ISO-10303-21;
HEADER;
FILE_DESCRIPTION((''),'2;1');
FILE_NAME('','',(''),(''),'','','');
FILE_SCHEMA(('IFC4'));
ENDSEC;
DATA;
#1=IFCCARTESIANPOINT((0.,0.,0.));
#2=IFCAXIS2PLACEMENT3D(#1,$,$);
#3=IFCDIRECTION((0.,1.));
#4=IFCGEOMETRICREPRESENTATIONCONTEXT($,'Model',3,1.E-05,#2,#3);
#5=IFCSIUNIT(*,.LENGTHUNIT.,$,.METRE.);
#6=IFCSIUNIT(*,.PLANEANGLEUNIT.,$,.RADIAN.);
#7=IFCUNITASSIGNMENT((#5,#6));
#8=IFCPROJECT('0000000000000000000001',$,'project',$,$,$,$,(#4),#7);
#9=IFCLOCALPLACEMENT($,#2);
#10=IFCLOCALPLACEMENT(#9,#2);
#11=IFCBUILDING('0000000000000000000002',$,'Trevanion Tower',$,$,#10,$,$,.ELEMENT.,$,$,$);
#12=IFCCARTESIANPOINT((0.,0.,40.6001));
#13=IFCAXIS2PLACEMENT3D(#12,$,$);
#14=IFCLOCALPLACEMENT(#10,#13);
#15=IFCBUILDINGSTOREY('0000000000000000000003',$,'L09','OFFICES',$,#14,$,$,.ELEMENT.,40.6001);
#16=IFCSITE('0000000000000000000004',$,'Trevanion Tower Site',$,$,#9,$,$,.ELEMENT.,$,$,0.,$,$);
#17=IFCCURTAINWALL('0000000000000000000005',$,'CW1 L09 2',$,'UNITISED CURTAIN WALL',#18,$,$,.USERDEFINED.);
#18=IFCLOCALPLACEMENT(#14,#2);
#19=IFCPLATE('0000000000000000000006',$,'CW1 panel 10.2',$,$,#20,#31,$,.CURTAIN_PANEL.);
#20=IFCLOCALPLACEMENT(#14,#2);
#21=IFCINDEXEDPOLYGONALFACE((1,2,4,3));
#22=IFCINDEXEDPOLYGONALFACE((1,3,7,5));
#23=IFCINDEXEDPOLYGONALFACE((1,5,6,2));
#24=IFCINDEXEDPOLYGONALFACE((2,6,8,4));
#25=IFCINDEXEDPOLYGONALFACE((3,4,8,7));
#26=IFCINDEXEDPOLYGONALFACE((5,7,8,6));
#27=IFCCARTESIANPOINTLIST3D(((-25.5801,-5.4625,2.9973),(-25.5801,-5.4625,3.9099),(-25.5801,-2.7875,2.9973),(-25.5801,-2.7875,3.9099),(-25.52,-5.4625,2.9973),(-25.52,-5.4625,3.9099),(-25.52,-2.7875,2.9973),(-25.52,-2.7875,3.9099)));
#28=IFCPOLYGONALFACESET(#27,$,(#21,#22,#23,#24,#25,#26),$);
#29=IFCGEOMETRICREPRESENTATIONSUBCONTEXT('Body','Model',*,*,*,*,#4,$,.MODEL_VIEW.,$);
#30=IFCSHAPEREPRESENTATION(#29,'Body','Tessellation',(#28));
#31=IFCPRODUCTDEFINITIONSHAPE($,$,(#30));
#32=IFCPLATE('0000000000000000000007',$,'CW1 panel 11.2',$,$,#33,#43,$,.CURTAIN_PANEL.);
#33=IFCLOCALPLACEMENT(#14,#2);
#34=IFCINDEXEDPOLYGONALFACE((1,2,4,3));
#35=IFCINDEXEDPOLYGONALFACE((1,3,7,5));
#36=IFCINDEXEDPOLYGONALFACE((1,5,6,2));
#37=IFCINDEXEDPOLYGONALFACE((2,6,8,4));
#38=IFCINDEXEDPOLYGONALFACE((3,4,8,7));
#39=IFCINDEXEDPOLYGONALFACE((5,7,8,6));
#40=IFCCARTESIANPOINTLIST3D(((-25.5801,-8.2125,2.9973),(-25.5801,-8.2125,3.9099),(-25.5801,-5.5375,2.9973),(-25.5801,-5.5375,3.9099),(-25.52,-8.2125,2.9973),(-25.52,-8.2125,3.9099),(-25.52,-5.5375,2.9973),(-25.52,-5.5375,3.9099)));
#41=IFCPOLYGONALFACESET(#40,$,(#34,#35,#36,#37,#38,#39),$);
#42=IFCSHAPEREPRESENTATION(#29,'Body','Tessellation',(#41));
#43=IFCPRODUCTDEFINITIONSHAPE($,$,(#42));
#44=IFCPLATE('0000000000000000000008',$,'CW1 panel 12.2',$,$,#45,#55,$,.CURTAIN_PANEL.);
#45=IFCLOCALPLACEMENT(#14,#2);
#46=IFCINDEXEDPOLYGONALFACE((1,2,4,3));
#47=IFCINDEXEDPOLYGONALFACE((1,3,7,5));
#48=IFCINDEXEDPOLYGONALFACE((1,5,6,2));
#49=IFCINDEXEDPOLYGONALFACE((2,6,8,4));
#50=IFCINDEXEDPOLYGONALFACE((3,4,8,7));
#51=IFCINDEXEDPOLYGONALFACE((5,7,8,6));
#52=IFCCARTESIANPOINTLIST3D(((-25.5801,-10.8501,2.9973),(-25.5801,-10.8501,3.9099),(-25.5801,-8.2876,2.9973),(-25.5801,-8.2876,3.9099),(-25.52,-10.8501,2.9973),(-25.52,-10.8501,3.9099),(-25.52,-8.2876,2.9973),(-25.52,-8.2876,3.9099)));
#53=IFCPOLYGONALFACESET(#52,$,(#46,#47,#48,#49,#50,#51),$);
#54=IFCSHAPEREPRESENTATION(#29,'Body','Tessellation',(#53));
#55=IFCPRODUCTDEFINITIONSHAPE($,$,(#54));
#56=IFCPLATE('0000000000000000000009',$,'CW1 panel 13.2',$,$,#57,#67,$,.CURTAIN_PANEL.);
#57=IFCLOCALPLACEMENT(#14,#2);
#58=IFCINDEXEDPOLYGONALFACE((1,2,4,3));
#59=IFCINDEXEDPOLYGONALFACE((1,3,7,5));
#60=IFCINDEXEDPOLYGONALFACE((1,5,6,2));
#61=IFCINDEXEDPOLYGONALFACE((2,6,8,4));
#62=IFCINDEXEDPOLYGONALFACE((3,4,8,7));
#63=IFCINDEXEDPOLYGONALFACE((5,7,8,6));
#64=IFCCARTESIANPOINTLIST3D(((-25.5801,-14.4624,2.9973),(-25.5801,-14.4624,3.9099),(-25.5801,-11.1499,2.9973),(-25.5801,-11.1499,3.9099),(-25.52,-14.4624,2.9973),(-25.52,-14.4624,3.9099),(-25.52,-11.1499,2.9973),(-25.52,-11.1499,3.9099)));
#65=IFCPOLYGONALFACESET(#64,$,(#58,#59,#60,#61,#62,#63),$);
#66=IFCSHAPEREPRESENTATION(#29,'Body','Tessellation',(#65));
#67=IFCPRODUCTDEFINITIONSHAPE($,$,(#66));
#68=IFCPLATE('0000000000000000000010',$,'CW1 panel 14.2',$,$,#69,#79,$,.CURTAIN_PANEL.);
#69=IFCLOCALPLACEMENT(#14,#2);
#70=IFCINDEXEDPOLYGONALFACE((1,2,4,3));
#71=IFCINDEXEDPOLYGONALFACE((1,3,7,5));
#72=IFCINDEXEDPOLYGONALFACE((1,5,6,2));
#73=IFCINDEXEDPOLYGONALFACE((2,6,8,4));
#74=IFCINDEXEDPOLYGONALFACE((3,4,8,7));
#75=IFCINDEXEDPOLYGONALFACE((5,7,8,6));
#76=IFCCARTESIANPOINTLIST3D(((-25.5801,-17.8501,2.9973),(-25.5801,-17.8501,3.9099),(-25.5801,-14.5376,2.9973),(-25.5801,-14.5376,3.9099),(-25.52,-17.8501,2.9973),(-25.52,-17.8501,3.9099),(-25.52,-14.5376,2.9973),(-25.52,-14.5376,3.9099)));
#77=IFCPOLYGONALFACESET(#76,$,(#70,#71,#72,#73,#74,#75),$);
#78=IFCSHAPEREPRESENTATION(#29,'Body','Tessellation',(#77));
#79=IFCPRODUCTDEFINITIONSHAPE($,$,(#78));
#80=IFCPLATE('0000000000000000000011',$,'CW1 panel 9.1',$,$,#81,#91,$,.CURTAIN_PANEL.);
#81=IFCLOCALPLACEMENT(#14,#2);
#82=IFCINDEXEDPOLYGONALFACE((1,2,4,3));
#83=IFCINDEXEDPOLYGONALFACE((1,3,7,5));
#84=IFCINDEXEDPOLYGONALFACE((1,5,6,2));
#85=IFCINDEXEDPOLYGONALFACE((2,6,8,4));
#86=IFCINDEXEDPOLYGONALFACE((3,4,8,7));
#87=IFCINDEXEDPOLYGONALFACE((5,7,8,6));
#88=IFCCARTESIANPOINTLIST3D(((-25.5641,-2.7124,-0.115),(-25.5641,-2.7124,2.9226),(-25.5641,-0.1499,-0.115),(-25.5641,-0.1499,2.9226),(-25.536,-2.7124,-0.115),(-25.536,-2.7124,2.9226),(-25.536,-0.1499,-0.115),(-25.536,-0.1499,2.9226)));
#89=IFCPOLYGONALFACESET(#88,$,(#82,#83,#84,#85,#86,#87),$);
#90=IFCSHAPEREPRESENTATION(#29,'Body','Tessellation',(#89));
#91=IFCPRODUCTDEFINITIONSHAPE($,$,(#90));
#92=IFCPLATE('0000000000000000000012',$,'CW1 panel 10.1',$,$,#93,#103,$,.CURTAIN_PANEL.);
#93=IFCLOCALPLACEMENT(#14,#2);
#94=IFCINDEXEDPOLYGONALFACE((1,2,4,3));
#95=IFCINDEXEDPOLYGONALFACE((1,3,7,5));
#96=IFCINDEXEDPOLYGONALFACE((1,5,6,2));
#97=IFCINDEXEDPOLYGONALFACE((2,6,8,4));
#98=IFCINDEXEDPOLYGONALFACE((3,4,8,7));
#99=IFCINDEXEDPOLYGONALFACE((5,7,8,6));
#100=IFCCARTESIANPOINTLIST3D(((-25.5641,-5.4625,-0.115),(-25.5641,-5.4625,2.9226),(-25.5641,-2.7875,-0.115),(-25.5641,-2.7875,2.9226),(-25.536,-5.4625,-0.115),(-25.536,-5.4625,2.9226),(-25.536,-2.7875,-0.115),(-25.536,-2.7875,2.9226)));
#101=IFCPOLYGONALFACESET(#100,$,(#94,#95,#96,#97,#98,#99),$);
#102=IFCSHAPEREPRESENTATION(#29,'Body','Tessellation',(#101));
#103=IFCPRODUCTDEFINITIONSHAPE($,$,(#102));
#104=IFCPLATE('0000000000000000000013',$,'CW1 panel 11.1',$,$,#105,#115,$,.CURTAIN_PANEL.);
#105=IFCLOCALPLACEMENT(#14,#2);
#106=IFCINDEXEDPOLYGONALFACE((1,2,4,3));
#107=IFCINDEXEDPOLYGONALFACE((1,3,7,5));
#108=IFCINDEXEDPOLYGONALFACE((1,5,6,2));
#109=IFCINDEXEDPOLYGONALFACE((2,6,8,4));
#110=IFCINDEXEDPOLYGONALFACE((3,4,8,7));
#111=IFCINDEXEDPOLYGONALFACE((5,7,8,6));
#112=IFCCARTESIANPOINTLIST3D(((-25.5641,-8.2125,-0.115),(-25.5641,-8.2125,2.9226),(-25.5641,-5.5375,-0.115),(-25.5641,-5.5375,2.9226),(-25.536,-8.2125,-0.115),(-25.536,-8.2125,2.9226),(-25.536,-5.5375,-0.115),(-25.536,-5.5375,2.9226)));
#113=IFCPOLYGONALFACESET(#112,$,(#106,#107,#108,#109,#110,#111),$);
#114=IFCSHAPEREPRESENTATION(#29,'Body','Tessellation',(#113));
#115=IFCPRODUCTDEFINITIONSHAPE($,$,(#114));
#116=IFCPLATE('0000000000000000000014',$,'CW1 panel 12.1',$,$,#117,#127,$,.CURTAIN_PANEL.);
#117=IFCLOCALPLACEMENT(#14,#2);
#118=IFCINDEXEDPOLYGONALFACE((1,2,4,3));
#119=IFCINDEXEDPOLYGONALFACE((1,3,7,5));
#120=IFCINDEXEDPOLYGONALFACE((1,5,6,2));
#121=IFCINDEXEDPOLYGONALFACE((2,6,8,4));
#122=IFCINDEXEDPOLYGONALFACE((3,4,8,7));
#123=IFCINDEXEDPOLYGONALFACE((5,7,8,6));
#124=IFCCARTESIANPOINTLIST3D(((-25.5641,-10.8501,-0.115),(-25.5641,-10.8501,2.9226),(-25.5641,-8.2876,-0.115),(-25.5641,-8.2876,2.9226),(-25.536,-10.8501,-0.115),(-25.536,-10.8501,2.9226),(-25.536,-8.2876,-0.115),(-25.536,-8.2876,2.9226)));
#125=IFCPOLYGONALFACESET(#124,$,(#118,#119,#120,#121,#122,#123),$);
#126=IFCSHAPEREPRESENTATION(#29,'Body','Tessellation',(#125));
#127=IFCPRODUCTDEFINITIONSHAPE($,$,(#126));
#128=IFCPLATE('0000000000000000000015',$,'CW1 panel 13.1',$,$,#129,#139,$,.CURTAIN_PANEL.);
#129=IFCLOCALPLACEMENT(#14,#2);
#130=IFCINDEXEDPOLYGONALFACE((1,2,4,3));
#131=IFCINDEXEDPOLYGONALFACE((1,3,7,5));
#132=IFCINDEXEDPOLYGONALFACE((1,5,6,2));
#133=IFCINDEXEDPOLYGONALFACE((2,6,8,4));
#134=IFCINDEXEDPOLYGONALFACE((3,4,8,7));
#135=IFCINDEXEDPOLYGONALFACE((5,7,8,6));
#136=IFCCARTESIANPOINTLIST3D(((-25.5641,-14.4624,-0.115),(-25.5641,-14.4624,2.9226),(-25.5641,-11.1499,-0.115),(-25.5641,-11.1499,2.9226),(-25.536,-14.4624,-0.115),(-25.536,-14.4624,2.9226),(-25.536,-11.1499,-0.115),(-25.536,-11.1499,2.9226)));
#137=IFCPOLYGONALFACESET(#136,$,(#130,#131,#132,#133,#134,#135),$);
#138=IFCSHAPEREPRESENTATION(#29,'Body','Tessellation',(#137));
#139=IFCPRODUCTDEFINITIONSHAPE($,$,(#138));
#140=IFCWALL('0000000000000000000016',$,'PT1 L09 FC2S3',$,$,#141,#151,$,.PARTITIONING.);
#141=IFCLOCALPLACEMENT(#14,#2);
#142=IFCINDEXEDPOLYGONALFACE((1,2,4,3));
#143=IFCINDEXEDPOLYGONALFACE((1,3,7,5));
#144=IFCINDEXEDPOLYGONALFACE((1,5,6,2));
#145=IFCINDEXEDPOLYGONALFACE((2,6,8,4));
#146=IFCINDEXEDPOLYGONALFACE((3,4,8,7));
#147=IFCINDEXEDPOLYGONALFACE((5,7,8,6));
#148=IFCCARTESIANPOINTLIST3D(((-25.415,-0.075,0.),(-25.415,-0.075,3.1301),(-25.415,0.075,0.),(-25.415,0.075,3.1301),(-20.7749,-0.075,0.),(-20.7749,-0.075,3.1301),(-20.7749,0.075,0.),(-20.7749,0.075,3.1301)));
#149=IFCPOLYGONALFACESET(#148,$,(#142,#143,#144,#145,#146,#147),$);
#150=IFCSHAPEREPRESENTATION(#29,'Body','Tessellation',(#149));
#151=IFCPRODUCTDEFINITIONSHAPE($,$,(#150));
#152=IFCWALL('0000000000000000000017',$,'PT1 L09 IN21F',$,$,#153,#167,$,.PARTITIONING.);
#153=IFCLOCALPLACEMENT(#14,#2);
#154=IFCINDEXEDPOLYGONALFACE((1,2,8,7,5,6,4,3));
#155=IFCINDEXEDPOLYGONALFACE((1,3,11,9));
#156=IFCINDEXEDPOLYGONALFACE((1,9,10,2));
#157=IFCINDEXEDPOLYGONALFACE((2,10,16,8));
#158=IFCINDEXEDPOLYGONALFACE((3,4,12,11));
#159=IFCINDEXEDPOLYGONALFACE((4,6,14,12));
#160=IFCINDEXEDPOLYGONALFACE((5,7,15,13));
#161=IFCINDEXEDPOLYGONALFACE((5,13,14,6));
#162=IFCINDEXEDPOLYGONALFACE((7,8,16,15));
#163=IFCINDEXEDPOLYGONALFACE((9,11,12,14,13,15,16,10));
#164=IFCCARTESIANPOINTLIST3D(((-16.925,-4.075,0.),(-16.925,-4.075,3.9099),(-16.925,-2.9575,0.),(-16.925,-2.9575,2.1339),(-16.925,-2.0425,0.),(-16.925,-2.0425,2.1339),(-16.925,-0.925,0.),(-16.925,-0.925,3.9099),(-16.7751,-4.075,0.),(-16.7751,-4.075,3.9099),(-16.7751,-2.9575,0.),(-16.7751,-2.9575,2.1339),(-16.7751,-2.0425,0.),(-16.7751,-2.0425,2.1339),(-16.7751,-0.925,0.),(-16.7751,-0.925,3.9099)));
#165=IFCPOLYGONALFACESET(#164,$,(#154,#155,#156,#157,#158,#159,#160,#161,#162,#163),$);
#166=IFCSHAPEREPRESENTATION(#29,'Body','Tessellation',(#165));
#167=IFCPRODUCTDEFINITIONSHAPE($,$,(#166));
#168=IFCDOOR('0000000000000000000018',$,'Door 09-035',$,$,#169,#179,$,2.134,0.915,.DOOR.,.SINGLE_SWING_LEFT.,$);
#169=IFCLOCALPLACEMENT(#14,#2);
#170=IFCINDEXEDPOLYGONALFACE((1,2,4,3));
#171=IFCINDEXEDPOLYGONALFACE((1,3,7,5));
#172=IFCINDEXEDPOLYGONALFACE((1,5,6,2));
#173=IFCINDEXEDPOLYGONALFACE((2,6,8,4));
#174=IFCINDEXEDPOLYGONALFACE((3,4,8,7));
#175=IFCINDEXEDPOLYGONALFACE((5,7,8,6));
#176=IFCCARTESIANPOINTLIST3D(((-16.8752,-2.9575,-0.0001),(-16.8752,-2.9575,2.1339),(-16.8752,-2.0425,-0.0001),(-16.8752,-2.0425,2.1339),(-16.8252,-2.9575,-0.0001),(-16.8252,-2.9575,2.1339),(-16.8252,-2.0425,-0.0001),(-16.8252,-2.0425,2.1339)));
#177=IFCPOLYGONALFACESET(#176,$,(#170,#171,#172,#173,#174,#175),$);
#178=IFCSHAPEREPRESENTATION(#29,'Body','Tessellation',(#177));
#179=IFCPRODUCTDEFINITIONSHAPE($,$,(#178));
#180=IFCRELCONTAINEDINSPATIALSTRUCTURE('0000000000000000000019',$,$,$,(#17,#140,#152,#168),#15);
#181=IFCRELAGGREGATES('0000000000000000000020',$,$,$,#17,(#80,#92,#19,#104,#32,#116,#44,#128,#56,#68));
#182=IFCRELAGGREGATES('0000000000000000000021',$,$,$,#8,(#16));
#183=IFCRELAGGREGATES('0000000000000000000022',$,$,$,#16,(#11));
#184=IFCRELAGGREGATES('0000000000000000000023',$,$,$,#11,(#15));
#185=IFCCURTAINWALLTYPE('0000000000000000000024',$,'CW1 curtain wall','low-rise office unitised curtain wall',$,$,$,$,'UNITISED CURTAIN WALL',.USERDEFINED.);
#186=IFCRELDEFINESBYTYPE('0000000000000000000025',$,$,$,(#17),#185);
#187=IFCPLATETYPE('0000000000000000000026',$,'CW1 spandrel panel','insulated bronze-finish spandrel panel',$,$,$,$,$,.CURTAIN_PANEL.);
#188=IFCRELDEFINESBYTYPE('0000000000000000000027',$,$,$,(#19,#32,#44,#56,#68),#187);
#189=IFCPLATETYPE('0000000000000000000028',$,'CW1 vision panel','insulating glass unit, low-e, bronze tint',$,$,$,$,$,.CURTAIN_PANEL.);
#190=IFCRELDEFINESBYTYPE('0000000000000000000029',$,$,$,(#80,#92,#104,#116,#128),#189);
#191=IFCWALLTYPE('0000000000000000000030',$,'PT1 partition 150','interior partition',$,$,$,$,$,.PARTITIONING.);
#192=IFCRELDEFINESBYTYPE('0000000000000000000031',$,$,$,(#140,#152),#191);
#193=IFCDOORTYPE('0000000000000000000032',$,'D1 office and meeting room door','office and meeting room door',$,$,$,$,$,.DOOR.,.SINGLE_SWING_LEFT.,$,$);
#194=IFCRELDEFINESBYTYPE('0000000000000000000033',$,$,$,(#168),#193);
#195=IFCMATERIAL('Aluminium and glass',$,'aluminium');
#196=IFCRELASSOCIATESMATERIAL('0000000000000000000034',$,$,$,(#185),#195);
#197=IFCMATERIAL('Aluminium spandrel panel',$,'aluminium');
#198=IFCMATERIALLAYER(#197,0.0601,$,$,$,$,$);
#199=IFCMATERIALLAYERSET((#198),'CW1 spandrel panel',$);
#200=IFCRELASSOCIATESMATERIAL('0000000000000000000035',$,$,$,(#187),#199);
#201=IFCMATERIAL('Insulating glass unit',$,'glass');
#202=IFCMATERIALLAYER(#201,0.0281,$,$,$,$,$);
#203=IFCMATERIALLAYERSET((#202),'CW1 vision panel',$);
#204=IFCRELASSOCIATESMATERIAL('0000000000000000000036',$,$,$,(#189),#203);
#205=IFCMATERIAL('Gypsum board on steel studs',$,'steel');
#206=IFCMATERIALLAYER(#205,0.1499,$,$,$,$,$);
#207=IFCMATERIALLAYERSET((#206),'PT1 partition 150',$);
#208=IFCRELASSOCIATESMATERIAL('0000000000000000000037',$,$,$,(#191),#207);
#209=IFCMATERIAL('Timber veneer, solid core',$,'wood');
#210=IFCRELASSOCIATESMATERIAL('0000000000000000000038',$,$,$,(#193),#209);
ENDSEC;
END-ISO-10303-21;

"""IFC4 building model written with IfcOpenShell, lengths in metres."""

from ifc_helpers import new_model, si_unit, direction, frame, frame_2d, origin, origin_2d, place, context, subcontext, project, spatial, rectangle, extrude, material, layer, layer_set, type_object, element, fill, aggregate, save


model = new_model("IFC4")

# Units and contexts
model_context = context("Model", 3, precision=1e-05, world=origin(), true_north=direction((0.0, 1.0)))
body_context = subcontext(model_context, "Body", "Model", "MODEL_VIEW")
ifc_project = project(units=[si_unit("LENGTHUNIT", "METRE"), si_unit("PLANEANGLEUNIT", "RADIAN")], contexts=[model_context])

# Site, building, storey
site_placement = place(None, origin())
site = spatial("IfcSite", under=ifc_project, at=site_placement, Name="Trevanion Tower Site", CompositionType="ELEMENT", RefElevation=0.0)
building_placement = place(site_placement, origin())
building = spatial("IfcBuilding", under=site, at=building_placement, Name="Trevanion Tower", CompositionType="ELEMENT")
storey_placement = place(building_placement, frame((0.0, 0.0, 40.6001)))
storey = spatial("IfcBuildingStorey", under=building, at=storey_placement, Name="L09", Description="OFFICES", CompositionType="ELEMENT", Elevation=40.6001)

# Curtain wall
ifc_material_1 = material(Name="Aluminium and glass", Category="aluminium")
curtain_wall_type = type_object("IfcCurtainWallType", Name="CW1 curtain wall", Description="low-rise office unitised curtain wall", ElementType="UNITISED CURTAIN WALL", PredefinedType="USERDEFINED", material=ifc_material_1)
curtain_wall_placement = place(storey_placement, origin())
curtain_wall = element("IfcCurtainWall", 1, at=curtain_wall_placement, inside=storey, type_object=curtain_wall_type, Name="CW1 L09 2", ObjectType="UNITISED CURTAIN WALL", PredefinedType="USERDEFINED")

# Plates
ifc_material_2 = material(Name="Aluminium spandrel panel", Category="aluminium")
ifc_layer_1 = layer(ifc_material_2, 0.0601)
ifc_layer_set_1 = layer_set([ifc_layer_1], Name="CW1 spandrel panel")
plate_type_1 = type_object("IfcPlateType", Name="CW1 spandrel panel", Description="insulated bronze-finish spandrel panel", PredefinedType="CURTAIN_PANEL", material=ifc_layer_set_1)
plate_1_placement = place(storey_placement, frame((-25.55, -4.125, 2.9973), z_axis=(0.0, 0.0, 1.0), x_axis=(0.0, -1.0, 0.0)))
plate_1 = element("IfcPlate", 2, at=plate_1_placement, type_object=plate_type_1, Name="CW1 panel 10.2", PredefinedType="CURTAIN_PANEL", context=body_context, shape_type="SweptSolid", body=[
    extrude(rectangle(XDim=2.675, YDim=0.0601, at=origin_2d()), origin(), (0.0, 0.0, 1.0), 0.9126),
])
plate_2_placement = place(storey_placement, frame((-25.55, -6.875, 2.9973), z_axis=(0.0, 0.0, 1.0), x_axis=(0.0, -1.0, 0.0)))
plate_2 = element("IfcPlate", 3, at=plate_2_placement, type_object=plate_type_1, Name="CW1 panel 11.2", PredefinedType="CURTAIN_PANEL", context=body_context, shape_type="SweptSolid", body=[
    extrude(rectangle(XDim=2.675, YDim=0.0601, at=origin_2d()), origin(), (0.0, 0.0, 1.0), 0.9126),
])
plate_3_placement = place(storey_placement, frame((-25.55, -9.5688, 2.9973), z_axis=(0.0, 0.0, 1.0), x_axis=(0.0, -1.0, 0.0)))
plate_3 = element("IfcPlate", 4, at=plate_3_placement, type_object=plate_type_1, Name="CW1 panel 12.2", PredefinedType="CURTAIN_PANEL", context=body_context, shape_type="SweptSolid", body=[
    extrude(rectangle(XDim=2.5625, YDim=0.0601, at=origin_2d()), origin(), (0.0, 0.0, 1.0), 0.9126),
])
plate_4_placement = place(storey_placement, frame((-25.55, -12.8062, 2.9973), z_axis=(0.0, 0.0, 1.0), x_axis=(0.0, -1.0, 0.0)))
plate_4 = element("IfcPlate", 5, at=plate_4_placement, type_object=plate_type_1, Name="CW1 panel 13.2", PredefinedType="CURTAIN_PANEL", context=body_context, shape_type="SweptSolid", body=[
    extrude(rectangle(XDim=3.3125, YDim=0.0601, at=origin_2d()), origin(), (0.0, 0.0, 1.0), 0.9126),
])
plate_5_placement = place(storey_placement, frame((-25.55, -16.1938, 2.9973), z_axis=(0.0, 0.0, 1.0), x_axis=(0.0, -1.0, 0.0)))
plate_5 = element("IfcPlate", 6, at=plate_5_placement, type_object=plate_type_1, Name="CW1 panel 14.2", PredefinedType="CURTAIN_PANEL", context=body_context, shape_type="SweptSolid", body=[
    extrude(rectangle(XDim=3.3125, YDim=0.0601, at=origin_2d()), origin(), (0.0, 0.0, 1.0), 0.9126),
])
ifc_material_3 = material(Name="Insulating glass unit", Category="glass")
ifc_layer_2 = layer(ifc_material_3, 0.0281)
ifc_layer_set_2 = layer_set([ifc_layer_2], Name="CW1 vision panel")
plate_type_2 = type_object("IfcPlateType", Name="CW1 vision panel", Description="insulating glass unit, low-e, bronze tint", PredefinedType="CURTAIN_PANEL", material=ifc_layer_set_2)
plate_6_placement = place(storey_placement, frame((-25.55, -1.4312, -0.115), z_axis=(0.0, 0.0, 1.0), x_axis=(0.0, -1.0, 0.0)))
plate_6 = element("IfcPlate", 7, at=plate_6_placement, type_object=plate_type_2, Name="CW1 panel 9.1", PredefinedType="CURTAIN_PANEL", context=body_context, shape_type="SweptSolid", body=[
    extrude(rectangle(XDim=2.5625, YDim=0.0281, at=origin_2d()), origin(), (0.0, 0.0, 1.0), 3.0376),
])
plate_7_placement = place(storey_placement, frame((-25.55, -4.125, -0.115), z_axis=(0.0, 0.0, 1.0), x_axis=(0.0, -1.0, 0.0)))
plate_7 = element("IfcPlate", 8, at=plate_7_placement, type_object=plate_type_2, Name="CW1 panel 10.1", PredefinedType="CURTAIN_PANEL", context=body_context, shape_type="SweptSolid", body=[
    extrude(rectangle(XDim=2.675, YDim=0.0281, at=origin_2d()), origin(), (0.0, 0.0, 1.0), 3.0376),
])
plate_8_placement = place(storey_placement, frame((-25.55, -6.875, -0.115), z_axis=(0.0, 0.0, 1.0), x_axis=(0.0, -1.0, 0.0)))
plate_8 = element("IfcPlate", 9, at=plate_8_placement, type_object=plate_type_2, Name="CW1 panel 11.1", PredefinedType="CURTAIN_PANEL", context=body_context, shape_type="SweptSolid", body=[
    extrude(rectangle(XDim=2.675, YDim=0.0281, at=origin_2d()), origin(), (0.0, 0.0, 1.0), 3.0376),
])
plate_9_placement = place(storey_placement, frame((-25.55, -9.5688, -0.115), z_axis=(0.0, 0.0, 1.0), x_axis=(0.0, -1.0, 0.0)))
plate_9 = element("IfcPlate", 10, at=plate_9_placement, type_object=plate_type_2, Name="CW1 panel 12.1", PredefinedType="CURTAIN_PANEL", context=body_context, shape_type="SweptSolid", body=[
    extrude(rectangle(XDim=2.5625, YDim=0.0281, at=origin_2d()), origin(), (0.0, 0.0, 1.0), 3.0376),
])
plate_10_placement = place(storey_placement, frame((-25.55, -12.8062, -0.115), z_axis=(0.0, 0.0, 1.0), x_axis=(0.0, -1.0, 0.0)))
plate_10 = element("IfcPlate", 11, at=plate_10_placement, type_object=plate_type_2, Name="CW1 panel 13.1", PredefinedType="CURTAIN_PANEL", context=body_context, shape_type="SweptSolid", body=[
    extrude(rectangle(XDim=3.3125, YDim=0.0281, at=origin_2d()), origin(), (0.0, 0.0, 1.0), 3.0376),
])
aggregate(curtain_wall, [plate_6, plate_7, plate_1, plate_8, plate_2, plate_9, plate_3, plate_10, plate_4, plate_5])

# Wall
ifc_material_4 = material(Name="Gypsum board on steel studs", Category="steel")
ifc_layer_3 = layer(ifc_material_4, 0.1499)
ifc_layer_set_3 = layer_set([ifc_layer_3], Name="PT1 partition 150")
wall_type = type_object("IfcWallType", Name="PT1 partition 150", Description="interior partition", PredefinedType="PARTITIONING", material=ifc_layer_set_3)
wall_1_placement = place(storey_placement, frame((-20.7749, 0.0, 0.0), z_axis=(0.0, 0.0, 1.0), x_axis=(-1.0, 0.0, 0.0)))
element("IfcWall", 12, at=wall_1_placement, inside=storey, type_object=wall_type, Name="PT1 L09 FC2S3", PredefinedType="PARTITIONING", context=body_context, shape_type="SweptSolid", body=[
    extrude(rectangle(XDim=4.6401, YDim=0.1499, at=frame_2d((2.3201, 0.0))), origin(), (0.0, 0.0, 1.0), 3.1301),
])

# Wall, opening, door
wall_2_placement = place(storey_placement, frame((-16.8501, -0.925, 0.0), z_axis=(0.0, 0.0, 1.0), x_axis=(0.0, -1.0, 0.0)))
wall_2 = element("IfcWall", 13, at=wall_2_placement, inside=storey, type_object=wall_type, Name="PT1 L09 IN21F", PredefinedType="PARTITIONING", context=body_context, shape_type="SweptSolid", body=[
    extrude(rectangle(XDim=3.1499, YDim=0.1499, at=frame_2d((1.575, 0.0))), origin(), (0.0, 0.0, 1.0), 3.9099),
])
opening_placement = place(wall_2_placement, frame((1.1174, 0.0, 0.0)))
opening = element("IfcOpeningElement", 14, at=opening_placement, cuts=wall_2, PredefinedType="OPENING", context=body_context, shape_type="SweptSolid", body=[
    extrude(rectangle(XDim=0.915, YDim=2.134, at=frame_2d((0.4575, 1.0669))), frame((0.0, 0.085, 0.0), z_axis=(0.0, -1.0, 0.0), x_axis=(1.0, 0.0, 0.0)), (0.0, 0.0, 1.0), 0.1699),
])
ifc_material_5 = material(Name="Timber veneer, solid core", Category="wood")
door_type = type_object("IfcDoorType", Name="D1 office and meeting room door", Description="office and meeting room door", OperationType="SINGLE_SWING_LEFT", PredefinedType="DOOR", material=ifc_material_5)
door_placement = place(opening_placement, origin())
door = element("IfcDoor", 15, at=door_placement, inside=storey, type_object=door_type, Name="Door 09-035", OperationType="SINGLE_SWING_LEFT", OverallHeight=2.134, OverallWidth=0.915, PredefinedType="DOOR", context=body_context, shape_type="SweptSolid", body=[
    extrude(rectangle(XDim=0.915, YDim=2.134, at=frame_2d((0.4575, 1.0669))), frame((0.0, 0.0249, 0.0), z_axis=(0.0, -1.0, 0.0), x_axis=(1.0, 0.0, 0.0)), (0.0, 0.0, 1.0), 0.05),
])
fill(opening, door)

save(model, "model.ifc")
